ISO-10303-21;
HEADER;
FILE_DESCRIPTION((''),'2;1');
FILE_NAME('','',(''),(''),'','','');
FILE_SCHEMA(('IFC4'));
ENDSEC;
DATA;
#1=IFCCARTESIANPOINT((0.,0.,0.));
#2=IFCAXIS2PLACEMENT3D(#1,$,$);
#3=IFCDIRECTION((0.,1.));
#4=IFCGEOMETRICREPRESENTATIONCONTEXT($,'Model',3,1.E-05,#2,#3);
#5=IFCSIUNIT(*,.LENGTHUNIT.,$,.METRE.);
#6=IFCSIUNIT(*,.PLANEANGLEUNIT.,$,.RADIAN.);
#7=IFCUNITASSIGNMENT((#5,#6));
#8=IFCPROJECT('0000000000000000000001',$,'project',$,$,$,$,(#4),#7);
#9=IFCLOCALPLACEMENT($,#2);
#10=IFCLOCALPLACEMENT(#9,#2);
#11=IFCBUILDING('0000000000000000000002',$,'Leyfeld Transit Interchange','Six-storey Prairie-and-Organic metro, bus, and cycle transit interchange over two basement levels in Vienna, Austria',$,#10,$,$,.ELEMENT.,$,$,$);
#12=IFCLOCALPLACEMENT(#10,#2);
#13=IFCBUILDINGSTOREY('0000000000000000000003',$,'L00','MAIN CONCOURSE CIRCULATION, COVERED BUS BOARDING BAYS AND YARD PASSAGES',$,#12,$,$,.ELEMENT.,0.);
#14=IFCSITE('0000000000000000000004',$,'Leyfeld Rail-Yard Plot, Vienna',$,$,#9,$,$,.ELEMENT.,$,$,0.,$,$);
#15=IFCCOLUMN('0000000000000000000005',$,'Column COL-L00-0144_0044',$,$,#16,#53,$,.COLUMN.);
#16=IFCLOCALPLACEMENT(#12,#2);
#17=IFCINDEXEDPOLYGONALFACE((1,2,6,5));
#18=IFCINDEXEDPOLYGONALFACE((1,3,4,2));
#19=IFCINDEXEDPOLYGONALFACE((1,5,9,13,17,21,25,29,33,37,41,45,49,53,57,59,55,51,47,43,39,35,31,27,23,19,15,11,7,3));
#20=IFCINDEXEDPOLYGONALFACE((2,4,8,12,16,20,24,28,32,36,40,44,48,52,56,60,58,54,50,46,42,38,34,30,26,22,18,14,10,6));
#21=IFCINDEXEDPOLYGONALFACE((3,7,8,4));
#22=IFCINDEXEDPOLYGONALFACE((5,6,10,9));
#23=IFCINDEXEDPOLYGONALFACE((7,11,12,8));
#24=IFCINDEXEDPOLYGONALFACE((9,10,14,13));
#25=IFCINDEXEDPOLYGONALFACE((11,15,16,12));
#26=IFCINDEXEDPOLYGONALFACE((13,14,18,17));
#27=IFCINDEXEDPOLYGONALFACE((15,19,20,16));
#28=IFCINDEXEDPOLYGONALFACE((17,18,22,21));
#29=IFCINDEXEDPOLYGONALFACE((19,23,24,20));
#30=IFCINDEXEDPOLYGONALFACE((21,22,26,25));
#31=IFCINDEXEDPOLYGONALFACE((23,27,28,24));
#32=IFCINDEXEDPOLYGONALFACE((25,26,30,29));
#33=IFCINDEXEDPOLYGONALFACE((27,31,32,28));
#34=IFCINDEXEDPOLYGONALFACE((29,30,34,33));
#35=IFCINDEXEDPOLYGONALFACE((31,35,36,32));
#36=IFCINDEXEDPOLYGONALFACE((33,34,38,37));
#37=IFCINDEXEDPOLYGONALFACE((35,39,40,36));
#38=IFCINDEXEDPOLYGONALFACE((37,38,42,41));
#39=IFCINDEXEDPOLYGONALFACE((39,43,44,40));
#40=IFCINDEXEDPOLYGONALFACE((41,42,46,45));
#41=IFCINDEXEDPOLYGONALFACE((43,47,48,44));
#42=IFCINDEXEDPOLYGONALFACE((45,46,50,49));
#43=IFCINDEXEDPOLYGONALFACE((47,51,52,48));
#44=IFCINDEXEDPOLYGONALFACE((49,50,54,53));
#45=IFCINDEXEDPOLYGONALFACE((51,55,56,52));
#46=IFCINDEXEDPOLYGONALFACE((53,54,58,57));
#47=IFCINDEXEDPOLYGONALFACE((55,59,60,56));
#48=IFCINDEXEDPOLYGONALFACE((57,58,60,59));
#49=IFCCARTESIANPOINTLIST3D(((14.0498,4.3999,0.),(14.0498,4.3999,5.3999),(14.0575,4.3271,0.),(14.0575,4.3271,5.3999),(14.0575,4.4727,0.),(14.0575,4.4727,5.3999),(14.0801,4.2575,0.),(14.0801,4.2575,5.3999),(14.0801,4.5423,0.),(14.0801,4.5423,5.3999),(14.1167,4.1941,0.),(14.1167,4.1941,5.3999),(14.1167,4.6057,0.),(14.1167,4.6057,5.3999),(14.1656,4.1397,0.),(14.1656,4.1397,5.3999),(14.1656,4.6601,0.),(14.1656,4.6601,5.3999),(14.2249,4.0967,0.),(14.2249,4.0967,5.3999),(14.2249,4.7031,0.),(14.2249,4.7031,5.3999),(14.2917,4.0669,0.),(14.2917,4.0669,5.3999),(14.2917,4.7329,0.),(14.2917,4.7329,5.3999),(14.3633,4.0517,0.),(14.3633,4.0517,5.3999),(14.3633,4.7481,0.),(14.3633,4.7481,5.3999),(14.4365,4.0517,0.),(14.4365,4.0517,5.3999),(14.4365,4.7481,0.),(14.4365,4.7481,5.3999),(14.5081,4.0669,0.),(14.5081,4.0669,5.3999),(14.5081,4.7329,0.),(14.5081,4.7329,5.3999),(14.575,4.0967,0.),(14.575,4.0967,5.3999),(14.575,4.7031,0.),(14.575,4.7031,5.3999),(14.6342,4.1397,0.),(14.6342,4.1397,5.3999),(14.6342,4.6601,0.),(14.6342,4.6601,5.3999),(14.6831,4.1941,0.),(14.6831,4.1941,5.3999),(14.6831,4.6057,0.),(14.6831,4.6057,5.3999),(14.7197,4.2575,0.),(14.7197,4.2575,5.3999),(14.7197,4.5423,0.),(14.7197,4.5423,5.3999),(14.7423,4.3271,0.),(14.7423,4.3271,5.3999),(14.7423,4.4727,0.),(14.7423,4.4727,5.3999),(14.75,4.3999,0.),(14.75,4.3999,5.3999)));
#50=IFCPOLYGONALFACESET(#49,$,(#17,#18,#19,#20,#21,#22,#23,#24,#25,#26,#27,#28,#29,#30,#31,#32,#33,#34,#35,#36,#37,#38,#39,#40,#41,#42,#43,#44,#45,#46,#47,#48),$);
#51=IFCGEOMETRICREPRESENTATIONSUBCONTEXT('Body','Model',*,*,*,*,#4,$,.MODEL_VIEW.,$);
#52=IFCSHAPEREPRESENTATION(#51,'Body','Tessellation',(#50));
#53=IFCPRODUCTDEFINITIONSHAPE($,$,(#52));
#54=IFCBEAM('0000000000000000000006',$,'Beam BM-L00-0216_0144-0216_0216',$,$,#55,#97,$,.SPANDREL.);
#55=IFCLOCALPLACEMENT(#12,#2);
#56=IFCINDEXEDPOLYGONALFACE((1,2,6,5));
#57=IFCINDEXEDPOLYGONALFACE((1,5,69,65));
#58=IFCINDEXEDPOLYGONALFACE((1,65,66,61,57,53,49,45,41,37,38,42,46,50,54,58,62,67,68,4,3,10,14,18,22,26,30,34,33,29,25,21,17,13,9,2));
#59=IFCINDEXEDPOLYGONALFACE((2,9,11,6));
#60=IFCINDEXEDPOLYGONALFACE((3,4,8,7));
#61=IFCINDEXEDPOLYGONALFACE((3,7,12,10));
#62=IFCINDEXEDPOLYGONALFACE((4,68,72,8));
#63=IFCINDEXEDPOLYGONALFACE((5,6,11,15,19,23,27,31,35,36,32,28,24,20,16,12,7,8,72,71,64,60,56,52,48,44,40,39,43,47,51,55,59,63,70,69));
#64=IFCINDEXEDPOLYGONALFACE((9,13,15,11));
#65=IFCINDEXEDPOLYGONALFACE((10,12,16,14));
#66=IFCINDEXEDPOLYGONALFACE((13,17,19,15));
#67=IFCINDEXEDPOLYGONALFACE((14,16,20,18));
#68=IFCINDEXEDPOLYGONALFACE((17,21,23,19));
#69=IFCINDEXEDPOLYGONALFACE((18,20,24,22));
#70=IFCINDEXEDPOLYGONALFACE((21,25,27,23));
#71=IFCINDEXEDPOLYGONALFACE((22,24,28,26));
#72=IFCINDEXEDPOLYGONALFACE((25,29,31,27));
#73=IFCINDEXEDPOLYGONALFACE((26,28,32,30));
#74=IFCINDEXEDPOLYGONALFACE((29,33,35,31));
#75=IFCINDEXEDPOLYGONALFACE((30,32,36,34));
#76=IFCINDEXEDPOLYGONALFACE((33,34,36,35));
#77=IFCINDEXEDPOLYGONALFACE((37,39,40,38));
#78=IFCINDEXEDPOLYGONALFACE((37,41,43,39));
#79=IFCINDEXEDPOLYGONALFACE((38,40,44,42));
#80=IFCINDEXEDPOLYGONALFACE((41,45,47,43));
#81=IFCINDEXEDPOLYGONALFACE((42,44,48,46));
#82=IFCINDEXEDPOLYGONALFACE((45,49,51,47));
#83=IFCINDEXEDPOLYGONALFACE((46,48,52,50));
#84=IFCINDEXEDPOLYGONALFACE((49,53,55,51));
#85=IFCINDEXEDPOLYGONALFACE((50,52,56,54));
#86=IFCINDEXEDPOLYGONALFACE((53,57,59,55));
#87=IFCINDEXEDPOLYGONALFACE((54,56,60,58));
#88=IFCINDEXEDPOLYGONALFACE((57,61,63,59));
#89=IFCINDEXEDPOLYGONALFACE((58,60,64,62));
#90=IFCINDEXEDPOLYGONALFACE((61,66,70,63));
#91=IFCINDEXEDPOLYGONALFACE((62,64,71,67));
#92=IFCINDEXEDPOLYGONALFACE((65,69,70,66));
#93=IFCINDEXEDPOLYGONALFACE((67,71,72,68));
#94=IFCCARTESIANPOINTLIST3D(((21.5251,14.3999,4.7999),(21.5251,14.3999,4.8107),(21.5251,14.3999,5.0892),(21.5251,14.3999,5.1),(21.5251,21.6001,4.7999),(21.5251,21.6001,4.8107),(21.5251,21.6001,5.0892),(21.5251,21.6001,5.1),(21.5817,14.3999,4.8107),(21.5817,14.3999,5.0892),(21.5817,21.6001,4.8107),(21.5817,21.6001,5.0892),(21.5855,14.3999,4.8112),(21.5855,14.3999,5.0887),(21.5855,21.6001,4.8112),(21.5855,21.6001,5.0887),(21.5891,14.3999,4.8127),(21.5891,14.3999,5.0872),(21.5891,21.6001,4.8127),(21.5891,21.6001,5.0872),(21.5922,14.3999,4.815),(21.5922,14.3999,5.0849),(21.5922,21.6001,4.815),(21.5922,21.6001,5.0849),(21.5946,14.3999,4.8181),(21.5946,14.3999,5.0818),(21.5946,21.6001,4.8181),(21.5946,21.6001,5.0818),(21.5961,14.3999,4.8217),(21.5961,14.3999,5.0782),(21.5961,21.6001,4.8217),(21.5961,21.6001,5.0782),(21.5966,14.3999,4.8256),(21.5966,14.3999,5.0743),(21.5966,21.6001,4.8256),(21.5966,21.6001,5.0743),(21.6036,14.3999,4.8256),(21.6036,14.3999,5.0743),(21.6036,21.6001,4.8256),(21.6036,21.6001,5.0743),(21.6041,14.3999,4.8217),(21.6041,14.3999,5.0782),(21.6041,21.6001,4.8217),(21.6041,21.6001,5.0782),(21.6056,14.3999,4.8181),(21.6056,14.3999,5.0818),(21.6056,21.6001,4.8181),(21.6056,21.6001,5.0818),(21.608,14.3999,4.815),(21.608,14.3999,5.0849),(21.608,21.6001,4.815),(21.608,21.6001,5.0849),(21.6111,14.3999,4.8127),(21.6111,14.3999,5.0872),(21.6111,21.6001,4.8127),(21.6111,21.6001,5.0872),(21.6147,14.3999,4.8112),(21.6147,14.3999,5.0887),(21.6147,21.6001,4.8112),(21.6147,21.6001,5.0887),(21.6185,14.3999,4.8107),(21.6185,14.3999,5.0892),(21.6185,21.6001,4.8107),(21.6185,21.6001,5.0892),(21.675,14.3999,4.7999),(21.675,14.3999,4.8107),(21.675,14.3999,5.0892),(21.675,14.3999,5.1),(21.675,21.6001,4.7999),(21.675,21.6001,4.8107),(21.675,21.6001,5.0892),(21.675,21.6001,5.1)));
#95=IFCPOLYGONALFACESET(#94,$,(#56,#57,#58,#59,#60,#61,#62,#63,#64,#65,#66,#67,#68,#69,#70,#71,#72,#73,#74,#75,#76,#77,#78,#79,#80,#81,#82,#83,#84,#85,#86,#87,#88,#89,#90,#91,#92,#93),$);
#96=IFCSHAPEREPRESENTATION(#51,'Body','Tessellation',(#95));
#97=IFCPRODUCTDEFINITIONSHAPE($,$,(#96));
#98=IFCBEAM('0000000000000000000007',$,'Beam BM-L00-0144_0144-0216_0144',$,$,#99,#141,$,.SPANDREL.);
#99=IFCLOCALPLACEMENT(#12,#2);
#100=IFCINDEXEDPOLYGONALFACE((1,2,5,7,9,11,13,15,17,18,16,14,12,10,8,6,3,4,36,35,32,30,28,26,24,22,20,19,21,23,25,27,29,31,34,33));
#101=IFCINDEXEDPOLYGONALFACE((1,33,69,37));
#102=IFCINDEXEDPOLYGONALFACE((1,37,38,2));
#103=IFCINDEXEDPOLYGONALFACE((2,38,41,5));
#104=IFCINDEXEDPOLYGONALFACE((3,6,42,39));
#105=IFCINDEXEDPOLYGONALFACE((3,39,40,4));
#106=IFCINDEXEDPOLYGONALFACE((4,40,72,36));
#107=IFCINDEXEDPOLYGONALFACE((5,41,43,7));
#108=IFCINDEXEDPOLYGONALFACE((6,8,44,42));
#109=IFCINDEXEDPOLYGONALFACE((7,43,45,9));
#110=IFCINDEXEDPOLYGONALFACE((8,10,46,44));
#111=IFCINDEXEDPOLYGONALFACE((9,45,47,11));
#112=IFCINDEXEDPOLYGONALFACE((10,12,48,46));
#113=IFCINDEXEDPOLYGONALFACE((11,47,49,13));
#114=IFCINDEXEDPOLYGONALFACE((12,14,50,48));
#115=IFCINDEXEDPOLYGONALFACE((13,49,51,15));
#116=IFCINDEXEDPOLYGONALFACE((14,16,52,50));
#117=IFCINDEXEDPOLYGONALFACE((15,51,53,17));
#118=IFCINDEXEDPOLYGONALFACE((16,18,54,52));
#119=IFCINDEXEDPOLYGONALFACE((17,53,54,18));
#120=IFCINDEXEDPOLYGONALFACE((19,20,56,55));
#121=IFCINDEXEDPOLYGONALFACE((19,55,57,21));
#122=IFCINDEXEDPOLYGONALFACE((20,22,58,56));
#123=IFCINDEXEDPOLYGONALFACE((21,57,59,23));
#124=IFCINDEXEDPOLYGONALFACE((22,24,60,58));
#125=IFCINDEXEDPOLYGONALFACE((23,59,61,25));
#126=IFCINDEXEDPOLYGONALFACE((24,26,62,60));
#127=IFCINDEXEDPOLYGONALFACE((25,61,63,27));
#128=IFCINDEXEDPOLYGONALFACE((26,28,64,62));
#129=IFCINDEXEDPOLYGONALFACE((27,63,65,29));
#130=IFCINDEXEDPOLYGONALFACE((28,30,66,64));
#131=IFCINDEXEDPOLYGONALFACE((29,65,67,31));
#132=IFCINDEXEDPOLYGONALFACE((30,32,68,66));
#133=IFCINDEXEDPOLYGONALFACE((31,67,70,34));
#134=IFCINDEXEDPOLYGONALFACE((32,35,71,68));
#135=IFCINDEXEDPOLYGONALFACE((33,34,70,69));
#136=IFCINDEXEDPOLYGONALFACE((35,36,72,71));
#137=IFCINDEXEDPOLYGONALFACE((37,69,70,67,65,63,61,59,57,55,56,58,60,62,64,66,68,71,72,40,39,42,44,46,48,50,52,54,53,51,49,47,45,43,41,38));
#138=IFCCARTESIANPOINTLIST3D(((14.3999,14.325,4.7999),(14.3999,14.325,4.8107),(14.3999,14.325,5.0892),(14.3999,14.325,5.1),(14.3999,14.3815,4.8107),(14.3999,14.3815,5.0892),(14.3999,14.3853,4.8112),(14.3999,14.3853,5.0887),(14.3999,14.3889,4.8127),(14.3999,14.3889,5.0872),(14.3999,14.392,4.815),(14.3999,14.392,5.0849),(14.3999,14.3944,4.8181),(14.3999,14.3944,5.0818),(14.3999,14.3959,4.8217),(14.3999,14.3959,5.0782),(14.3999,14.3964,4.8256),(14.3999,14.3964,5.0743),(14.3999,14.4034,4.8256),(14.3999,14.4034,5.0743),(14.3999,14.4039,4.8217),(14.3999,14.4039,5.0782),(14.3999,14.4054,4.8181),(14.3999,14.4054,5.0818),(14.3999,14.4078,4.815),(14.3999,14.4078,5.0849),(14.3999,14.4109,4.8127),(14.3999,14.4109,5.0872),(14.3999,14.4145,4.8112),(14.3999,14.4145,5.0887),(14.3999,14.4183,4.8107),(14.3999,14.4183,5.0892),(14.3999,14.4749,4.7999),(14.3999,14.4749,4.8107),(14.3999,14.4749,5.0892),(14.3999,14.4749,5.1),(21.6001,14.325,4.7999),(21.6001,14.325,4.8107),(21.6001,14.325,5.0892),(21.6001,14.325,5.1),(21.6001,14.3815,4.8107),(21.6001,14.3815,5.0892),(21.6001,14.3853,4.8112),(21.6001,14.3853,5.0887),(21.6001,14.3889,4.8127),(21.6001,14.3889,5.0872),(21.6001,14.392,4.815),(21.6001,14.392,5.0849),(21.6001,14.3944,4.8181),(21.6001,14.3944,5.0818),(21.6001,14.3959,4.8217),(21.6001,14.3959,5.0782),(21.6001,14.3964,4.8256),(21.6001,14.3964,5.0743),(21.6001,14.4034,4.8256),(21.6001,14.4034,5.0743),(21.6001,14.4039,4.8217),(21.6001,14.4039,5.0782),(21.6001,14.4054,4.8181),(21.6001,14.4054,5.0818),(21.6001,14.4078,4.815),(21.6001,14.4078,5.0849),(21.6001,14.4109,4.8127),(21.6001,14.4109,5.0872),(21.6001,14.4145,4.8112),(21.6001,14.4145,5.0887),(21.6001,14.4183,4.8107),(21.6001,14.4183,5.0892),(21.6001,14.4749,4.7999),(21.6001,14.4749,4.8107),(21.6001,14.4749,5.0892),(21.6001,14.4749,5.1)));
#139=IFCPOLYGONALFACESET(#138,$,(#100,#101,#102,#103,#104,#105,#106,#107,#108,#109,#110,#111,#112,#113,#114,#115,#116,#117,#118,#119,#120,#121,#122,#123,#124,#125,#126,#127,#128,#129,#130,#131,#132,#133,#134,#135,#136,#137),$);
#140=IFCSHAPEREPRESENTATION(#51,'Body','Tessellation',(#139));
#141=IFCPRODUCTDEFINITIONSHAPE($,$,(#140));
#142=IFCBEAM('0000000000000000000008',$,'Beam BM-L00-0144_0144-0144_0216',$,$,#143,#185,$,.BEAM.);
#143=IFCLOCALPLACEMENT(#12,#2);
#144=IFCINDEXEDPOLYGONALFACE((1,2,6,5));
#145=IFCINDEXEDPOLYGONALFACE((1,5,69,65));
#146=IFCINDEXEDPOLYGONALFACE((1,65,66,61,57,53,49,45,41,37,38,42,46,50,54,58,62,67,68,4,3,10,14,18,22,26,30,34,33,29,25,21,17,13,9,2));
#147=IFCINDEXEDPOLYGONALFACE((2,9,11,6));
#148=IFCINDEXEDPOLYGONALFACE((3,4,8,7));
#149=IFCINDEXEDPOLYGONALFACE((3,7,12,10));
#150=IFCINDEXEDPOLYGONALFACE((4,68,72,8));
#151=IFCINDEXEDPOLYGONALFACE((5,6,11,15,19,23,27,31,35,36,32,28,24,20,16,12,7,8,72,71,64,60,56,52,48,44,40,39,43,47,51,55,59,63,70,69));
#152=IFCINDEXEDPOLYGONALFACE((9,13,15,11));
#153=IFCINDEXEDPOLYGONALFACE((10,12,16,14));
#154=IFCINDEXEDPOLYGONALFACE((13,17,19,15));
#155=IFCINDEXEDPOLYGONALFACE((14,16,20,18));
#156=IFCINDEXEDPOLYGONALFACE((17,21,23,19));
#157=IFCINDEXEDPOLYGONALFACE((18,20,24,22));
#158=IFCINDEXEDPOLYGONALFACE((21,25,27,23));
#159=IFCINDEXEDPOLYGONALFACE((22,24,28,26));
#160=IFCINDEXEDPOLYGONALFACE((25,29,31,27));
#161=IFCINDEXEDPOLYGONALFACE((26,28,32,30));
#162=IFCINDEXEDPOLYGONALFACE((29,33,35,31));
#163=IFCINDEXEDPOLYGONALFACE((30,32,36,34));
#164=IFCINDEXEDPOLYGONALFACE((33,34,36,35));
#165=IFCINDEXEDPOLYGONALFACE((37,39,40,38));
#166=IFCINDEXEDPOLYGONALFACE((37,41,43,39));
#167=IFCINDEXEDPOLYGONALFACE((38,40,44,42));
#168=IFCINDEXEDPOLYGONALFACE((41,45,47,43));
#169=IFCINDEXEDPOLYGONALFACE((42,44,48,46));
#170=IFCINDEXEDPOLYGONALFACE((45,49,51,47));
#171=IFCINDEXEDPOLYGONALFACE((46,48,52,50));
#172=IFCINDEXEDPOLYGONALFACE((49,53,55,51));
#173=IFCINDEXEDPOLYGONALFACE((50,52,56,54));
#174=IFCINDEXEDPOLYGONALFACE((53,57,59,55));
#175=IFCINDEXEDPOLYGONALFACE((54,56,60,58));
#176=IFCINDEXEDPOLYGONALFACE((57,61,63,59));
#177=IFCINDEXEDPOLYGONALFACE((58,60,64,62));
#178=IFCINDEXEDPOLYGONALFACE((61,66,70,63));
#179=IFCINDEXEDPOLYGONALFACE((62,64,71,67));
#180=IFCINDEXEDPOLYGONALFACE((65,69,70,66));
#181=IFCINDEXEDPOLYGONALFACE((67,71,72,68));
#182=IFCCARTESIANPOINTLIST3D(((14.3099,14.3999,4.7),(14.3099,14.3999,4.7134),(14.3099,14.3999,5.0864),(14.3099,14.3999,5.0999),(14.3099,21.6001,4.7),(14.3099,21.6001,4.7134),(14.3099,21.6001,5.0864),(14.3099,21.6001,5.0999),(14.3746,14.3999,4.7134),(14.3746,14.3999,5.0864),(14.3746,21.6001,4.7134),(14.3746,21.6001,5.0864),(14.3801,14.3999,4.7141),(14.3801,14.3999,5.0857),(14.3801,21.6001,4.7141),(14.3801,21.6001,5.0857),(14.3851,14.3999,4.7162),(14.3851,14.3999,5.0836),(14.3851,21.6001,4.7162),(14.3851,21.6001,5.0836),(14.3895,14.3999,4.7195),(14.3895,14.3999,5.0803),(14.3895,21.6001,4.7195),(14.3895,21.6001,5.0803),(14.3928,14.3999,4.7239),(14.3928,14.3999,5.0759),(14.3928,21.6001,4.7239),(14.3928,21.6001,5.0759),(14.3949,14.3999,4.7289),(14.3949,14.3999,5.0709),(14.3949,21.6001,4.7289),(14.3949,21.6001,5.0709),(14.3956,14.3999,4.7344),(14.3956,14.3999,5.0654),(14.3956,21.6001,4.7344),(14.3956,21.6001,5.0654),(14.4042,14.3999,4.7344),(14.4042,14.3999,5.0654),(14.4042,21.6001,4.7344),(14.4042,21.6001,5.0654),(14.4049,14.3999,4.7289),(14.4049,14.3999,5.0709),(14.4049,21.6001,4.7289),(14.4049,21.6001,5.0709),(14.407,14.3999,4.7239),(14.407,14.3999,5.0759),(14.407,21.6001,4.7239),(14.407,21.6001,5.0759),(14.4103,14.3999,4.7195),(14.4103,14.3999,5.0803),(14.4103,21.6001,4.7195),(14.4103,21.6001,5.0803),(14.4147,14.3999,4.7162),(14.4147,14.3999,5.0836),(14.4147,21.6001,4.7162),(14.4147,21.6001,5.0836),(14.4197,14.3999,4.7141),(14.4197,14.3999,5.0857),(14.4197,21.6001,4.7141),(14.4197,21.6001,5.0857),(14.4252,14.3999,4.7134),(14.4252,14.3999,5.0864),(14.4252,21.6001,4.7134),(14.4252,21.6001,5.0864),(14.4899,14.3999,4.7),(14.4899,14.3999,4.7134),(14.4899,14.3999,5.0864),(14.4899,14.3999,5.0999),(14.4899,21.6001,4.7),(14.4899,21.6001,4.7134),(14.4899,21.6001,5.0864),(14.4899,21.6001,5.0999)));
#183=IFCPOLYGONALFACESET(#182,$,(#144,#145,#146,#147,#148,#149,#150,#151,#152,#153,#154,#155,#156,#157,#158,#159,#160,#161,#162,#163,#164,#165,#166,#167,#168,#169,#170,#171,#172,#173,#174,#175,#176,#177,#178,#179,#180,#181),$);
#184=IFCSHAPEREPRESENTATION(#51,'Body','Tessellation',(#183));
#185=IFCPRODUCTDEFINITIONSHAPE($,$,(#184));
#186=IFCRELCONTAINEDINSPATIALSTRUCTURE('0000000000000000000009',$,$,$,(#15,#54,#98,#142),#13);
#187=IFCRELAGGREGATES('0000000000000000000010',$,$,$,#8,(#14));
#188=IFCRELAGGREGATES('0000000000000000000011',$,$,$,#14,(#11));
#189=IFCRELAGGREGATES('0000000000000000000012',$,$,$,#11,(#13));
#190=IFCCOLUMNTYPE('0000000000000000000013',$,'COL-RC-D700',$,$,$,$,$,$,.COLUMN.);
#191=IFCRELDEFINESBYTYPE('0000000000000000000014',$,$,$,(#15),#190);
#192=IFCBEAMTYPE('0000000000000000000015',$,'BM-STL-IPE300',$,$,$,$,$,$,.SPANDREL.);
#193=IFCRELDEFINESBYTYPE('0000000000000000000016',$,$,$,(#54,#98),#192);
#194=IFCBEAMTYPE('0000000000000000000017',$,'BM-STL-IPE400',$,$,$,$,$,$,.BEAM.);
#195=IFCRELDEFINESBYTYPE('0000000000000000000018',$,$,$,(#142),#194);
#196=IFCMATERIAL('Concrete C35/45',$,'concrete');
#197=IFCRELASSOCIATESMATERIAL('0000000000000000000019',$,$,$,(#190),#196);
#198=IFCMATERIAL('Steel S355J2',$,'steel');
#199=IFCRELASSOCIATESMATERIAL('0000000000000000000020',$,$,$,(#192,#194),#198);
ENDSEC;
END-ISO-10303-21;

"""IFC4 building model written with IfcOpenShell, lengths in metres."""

from ifc_helpers import new_model, si_unit, direction, frame, origin, origin_2d, place, context, subcontext, project, spatial, circle, i_section, extrude, material, material_profile, profile_set, type_object, element, save


model = new_model("IFC4")

# Units and contexts
model_context = context("Model", 3, precision=1e-05, world=origin(), true_north=direction((0.0, 1.0)))
body_context = subcontext(model_context, "Body", "Model", "MODEL_VIEW")
ifc_project = project(units=[si_unit("LENGTHUNIT", "METRE"), si_unit("PLANEANGLEUNIT", "RADIAN")], contexts=[model_context])

# Site, building, storey
site_placement = place(None, origin())
site = spatial("IfcSite", under=ifc_project, at=site_placement, Name="Leyfeld Rail-Yard Plot, Vienna", CompositionType="ELEMENT", RefElevation=0.0)
building_placement = place(site_placement, origin())
building = spatial("IfcBuilding", under=site, at=building_placement, Name="Leyfeld Transit Interchange", Description="Six-storey Prairie-and-Organic metro, bus, and cycle transit interchange over two basement levels in Vienna, Austria", CompositionType="ELEMENT")
storey_placement = place(building_placement, origin())
storey = spatial("IfcBuildingStorey", under=building, at=storey_placement, Name="L00", Description="MAIN CONCOURSE CIRCULATION, COVERED BUS BOARDING BAYS AND YARD PASSAGES", CompositionType="ELEMENT", Elevation=0.0)

# Shared definitions
ifc_material_1 = material(Name="Concrete C35/45", Category="concrete")

# Column
ifc_material_profile_1 = material_profile(ifc_material_1, circle(Radius=0.3501, at=origin_2d()), Name="RC D700")
ifc_profile_set_1 = profile_set([ifc_material_profile_1], Name="Concrete C35/45")
column_type_1 = type_object("IfcColumnType", Name="COL-RC-D700", PredefinedType="COLUMN", material=ifc_profile_set_1)
column_1_placement = place(storey_placement, frame((14.3999, 4.3999, 0.0), z_axis=(0.0, 0.0, 1.0), x_axis=(1.0, 0.0, 0.0)))
element("IfcColumn", 1, at=column_1_placement, inside=storey, type_object=column_type_1, Name="Column COL-L00-0144_0044", PredefinedType="COLUMN", context=body_context, shape_type="SweptSolid", body=[
    extrude(circle(Radius=0.3501, at=origin_2d()), origin(), (0.0, 0.0, 1.0), 5.3999),
])

# Beams
ifc_material_2 = material(Name="Steel S355J2", Category="steel")
ifc_material_profile_2 = material_profile(ifc_material_2, i_section(OverallWidth=0.1499, OverallDepth=0.3, WebThickness=0.0071, FlangeThickness=0.0107, FilletRadius=0.0149, at=origin_2d()), Name="IPE 300")
ifc_profile_set_2 = profile_set([ifc_material_profile_2], Name="Steel S355J2")
beam_type_1 = type_object("IfcBeamType", Name="BM-STL-IPE300", PredefinedType="SPANDREL", material=ifc_profile_set_2)
for number, where, z_axis, x_axis, name in (
    (2, (21.6001, 14.3999, 4.95), (0.0, 1.0, 0.0), (-1.0, 0.0, 0.0), "Beam BM-L00-0216_0144-0216_0216"),
    (3, (14.3999, 14.3999, 4.95), (1.0, 0.0, 0.0), (0.0, 1.0, 0.0), "Beam BM-L00-0144_0144-0216_0144"),
):
    element("IfcBeam", number, at=place(storey_placement, frame(where, z_axis=z_axis, x_axis=x_axis)), inside=storey, type_object=beam_type_1, Name=name, PredefinedType="SPANDREL", context=body_context, shape_type="SweptSolid", body=[
        extrude(i_section(OverallWidth=0.1499, OverallDepth=0.3, WebThickness=0.0071, FlangeThickness=0.0107, FilletRadius=0.0149, at=origin_2d()), origin(), (0.0, 0.0, 1.0), 7.2002),
    ])
ifc_material_profile_3 = material_profile(ifc_material_2, i_section(OverallWidth=0.1799, OverallDepth=0.3999, WebThickness=0.0085, FlangeThickness=0.0134, FilletRadius=0.021, at=origin_2d()), Name="IPE 400")
ifc_profile_set_3 = profile_set([ifc_material_profile_3], Name="Steel S355J2")
beam_type_2 = type_object("IfcBeamType", Name="BM-STL-IPE400", PredefinedType="BEAM", material=ifc_profile_set_3)
beam_placement = place(storey_placement, frame((14.3999, 14.3999, 4.8999), z_axis=(0.0, 1.0, 0.0), x_axis=(-1.0, 0.0, 0.0)))
element("IfcBeam", 4, at=beam_placement, inside=storey, type_object=beam_type_2, Name="Beam BM-L00-0144_0144-0144_0216", PredefinedType="BEAM", context=body_context, shape_type="SweptSolid", body=[
    extrude(i_section(OverallWidth=0.1799, OverallDepth=0.3999, WebThickness=0.0085, FlangeThickness=0.0134, FilletRadius=0.021, at=origin_2d()), origin(), (0.0, 0.0, 1.0), 7.2002),
])

save(model, "model.ifc")
